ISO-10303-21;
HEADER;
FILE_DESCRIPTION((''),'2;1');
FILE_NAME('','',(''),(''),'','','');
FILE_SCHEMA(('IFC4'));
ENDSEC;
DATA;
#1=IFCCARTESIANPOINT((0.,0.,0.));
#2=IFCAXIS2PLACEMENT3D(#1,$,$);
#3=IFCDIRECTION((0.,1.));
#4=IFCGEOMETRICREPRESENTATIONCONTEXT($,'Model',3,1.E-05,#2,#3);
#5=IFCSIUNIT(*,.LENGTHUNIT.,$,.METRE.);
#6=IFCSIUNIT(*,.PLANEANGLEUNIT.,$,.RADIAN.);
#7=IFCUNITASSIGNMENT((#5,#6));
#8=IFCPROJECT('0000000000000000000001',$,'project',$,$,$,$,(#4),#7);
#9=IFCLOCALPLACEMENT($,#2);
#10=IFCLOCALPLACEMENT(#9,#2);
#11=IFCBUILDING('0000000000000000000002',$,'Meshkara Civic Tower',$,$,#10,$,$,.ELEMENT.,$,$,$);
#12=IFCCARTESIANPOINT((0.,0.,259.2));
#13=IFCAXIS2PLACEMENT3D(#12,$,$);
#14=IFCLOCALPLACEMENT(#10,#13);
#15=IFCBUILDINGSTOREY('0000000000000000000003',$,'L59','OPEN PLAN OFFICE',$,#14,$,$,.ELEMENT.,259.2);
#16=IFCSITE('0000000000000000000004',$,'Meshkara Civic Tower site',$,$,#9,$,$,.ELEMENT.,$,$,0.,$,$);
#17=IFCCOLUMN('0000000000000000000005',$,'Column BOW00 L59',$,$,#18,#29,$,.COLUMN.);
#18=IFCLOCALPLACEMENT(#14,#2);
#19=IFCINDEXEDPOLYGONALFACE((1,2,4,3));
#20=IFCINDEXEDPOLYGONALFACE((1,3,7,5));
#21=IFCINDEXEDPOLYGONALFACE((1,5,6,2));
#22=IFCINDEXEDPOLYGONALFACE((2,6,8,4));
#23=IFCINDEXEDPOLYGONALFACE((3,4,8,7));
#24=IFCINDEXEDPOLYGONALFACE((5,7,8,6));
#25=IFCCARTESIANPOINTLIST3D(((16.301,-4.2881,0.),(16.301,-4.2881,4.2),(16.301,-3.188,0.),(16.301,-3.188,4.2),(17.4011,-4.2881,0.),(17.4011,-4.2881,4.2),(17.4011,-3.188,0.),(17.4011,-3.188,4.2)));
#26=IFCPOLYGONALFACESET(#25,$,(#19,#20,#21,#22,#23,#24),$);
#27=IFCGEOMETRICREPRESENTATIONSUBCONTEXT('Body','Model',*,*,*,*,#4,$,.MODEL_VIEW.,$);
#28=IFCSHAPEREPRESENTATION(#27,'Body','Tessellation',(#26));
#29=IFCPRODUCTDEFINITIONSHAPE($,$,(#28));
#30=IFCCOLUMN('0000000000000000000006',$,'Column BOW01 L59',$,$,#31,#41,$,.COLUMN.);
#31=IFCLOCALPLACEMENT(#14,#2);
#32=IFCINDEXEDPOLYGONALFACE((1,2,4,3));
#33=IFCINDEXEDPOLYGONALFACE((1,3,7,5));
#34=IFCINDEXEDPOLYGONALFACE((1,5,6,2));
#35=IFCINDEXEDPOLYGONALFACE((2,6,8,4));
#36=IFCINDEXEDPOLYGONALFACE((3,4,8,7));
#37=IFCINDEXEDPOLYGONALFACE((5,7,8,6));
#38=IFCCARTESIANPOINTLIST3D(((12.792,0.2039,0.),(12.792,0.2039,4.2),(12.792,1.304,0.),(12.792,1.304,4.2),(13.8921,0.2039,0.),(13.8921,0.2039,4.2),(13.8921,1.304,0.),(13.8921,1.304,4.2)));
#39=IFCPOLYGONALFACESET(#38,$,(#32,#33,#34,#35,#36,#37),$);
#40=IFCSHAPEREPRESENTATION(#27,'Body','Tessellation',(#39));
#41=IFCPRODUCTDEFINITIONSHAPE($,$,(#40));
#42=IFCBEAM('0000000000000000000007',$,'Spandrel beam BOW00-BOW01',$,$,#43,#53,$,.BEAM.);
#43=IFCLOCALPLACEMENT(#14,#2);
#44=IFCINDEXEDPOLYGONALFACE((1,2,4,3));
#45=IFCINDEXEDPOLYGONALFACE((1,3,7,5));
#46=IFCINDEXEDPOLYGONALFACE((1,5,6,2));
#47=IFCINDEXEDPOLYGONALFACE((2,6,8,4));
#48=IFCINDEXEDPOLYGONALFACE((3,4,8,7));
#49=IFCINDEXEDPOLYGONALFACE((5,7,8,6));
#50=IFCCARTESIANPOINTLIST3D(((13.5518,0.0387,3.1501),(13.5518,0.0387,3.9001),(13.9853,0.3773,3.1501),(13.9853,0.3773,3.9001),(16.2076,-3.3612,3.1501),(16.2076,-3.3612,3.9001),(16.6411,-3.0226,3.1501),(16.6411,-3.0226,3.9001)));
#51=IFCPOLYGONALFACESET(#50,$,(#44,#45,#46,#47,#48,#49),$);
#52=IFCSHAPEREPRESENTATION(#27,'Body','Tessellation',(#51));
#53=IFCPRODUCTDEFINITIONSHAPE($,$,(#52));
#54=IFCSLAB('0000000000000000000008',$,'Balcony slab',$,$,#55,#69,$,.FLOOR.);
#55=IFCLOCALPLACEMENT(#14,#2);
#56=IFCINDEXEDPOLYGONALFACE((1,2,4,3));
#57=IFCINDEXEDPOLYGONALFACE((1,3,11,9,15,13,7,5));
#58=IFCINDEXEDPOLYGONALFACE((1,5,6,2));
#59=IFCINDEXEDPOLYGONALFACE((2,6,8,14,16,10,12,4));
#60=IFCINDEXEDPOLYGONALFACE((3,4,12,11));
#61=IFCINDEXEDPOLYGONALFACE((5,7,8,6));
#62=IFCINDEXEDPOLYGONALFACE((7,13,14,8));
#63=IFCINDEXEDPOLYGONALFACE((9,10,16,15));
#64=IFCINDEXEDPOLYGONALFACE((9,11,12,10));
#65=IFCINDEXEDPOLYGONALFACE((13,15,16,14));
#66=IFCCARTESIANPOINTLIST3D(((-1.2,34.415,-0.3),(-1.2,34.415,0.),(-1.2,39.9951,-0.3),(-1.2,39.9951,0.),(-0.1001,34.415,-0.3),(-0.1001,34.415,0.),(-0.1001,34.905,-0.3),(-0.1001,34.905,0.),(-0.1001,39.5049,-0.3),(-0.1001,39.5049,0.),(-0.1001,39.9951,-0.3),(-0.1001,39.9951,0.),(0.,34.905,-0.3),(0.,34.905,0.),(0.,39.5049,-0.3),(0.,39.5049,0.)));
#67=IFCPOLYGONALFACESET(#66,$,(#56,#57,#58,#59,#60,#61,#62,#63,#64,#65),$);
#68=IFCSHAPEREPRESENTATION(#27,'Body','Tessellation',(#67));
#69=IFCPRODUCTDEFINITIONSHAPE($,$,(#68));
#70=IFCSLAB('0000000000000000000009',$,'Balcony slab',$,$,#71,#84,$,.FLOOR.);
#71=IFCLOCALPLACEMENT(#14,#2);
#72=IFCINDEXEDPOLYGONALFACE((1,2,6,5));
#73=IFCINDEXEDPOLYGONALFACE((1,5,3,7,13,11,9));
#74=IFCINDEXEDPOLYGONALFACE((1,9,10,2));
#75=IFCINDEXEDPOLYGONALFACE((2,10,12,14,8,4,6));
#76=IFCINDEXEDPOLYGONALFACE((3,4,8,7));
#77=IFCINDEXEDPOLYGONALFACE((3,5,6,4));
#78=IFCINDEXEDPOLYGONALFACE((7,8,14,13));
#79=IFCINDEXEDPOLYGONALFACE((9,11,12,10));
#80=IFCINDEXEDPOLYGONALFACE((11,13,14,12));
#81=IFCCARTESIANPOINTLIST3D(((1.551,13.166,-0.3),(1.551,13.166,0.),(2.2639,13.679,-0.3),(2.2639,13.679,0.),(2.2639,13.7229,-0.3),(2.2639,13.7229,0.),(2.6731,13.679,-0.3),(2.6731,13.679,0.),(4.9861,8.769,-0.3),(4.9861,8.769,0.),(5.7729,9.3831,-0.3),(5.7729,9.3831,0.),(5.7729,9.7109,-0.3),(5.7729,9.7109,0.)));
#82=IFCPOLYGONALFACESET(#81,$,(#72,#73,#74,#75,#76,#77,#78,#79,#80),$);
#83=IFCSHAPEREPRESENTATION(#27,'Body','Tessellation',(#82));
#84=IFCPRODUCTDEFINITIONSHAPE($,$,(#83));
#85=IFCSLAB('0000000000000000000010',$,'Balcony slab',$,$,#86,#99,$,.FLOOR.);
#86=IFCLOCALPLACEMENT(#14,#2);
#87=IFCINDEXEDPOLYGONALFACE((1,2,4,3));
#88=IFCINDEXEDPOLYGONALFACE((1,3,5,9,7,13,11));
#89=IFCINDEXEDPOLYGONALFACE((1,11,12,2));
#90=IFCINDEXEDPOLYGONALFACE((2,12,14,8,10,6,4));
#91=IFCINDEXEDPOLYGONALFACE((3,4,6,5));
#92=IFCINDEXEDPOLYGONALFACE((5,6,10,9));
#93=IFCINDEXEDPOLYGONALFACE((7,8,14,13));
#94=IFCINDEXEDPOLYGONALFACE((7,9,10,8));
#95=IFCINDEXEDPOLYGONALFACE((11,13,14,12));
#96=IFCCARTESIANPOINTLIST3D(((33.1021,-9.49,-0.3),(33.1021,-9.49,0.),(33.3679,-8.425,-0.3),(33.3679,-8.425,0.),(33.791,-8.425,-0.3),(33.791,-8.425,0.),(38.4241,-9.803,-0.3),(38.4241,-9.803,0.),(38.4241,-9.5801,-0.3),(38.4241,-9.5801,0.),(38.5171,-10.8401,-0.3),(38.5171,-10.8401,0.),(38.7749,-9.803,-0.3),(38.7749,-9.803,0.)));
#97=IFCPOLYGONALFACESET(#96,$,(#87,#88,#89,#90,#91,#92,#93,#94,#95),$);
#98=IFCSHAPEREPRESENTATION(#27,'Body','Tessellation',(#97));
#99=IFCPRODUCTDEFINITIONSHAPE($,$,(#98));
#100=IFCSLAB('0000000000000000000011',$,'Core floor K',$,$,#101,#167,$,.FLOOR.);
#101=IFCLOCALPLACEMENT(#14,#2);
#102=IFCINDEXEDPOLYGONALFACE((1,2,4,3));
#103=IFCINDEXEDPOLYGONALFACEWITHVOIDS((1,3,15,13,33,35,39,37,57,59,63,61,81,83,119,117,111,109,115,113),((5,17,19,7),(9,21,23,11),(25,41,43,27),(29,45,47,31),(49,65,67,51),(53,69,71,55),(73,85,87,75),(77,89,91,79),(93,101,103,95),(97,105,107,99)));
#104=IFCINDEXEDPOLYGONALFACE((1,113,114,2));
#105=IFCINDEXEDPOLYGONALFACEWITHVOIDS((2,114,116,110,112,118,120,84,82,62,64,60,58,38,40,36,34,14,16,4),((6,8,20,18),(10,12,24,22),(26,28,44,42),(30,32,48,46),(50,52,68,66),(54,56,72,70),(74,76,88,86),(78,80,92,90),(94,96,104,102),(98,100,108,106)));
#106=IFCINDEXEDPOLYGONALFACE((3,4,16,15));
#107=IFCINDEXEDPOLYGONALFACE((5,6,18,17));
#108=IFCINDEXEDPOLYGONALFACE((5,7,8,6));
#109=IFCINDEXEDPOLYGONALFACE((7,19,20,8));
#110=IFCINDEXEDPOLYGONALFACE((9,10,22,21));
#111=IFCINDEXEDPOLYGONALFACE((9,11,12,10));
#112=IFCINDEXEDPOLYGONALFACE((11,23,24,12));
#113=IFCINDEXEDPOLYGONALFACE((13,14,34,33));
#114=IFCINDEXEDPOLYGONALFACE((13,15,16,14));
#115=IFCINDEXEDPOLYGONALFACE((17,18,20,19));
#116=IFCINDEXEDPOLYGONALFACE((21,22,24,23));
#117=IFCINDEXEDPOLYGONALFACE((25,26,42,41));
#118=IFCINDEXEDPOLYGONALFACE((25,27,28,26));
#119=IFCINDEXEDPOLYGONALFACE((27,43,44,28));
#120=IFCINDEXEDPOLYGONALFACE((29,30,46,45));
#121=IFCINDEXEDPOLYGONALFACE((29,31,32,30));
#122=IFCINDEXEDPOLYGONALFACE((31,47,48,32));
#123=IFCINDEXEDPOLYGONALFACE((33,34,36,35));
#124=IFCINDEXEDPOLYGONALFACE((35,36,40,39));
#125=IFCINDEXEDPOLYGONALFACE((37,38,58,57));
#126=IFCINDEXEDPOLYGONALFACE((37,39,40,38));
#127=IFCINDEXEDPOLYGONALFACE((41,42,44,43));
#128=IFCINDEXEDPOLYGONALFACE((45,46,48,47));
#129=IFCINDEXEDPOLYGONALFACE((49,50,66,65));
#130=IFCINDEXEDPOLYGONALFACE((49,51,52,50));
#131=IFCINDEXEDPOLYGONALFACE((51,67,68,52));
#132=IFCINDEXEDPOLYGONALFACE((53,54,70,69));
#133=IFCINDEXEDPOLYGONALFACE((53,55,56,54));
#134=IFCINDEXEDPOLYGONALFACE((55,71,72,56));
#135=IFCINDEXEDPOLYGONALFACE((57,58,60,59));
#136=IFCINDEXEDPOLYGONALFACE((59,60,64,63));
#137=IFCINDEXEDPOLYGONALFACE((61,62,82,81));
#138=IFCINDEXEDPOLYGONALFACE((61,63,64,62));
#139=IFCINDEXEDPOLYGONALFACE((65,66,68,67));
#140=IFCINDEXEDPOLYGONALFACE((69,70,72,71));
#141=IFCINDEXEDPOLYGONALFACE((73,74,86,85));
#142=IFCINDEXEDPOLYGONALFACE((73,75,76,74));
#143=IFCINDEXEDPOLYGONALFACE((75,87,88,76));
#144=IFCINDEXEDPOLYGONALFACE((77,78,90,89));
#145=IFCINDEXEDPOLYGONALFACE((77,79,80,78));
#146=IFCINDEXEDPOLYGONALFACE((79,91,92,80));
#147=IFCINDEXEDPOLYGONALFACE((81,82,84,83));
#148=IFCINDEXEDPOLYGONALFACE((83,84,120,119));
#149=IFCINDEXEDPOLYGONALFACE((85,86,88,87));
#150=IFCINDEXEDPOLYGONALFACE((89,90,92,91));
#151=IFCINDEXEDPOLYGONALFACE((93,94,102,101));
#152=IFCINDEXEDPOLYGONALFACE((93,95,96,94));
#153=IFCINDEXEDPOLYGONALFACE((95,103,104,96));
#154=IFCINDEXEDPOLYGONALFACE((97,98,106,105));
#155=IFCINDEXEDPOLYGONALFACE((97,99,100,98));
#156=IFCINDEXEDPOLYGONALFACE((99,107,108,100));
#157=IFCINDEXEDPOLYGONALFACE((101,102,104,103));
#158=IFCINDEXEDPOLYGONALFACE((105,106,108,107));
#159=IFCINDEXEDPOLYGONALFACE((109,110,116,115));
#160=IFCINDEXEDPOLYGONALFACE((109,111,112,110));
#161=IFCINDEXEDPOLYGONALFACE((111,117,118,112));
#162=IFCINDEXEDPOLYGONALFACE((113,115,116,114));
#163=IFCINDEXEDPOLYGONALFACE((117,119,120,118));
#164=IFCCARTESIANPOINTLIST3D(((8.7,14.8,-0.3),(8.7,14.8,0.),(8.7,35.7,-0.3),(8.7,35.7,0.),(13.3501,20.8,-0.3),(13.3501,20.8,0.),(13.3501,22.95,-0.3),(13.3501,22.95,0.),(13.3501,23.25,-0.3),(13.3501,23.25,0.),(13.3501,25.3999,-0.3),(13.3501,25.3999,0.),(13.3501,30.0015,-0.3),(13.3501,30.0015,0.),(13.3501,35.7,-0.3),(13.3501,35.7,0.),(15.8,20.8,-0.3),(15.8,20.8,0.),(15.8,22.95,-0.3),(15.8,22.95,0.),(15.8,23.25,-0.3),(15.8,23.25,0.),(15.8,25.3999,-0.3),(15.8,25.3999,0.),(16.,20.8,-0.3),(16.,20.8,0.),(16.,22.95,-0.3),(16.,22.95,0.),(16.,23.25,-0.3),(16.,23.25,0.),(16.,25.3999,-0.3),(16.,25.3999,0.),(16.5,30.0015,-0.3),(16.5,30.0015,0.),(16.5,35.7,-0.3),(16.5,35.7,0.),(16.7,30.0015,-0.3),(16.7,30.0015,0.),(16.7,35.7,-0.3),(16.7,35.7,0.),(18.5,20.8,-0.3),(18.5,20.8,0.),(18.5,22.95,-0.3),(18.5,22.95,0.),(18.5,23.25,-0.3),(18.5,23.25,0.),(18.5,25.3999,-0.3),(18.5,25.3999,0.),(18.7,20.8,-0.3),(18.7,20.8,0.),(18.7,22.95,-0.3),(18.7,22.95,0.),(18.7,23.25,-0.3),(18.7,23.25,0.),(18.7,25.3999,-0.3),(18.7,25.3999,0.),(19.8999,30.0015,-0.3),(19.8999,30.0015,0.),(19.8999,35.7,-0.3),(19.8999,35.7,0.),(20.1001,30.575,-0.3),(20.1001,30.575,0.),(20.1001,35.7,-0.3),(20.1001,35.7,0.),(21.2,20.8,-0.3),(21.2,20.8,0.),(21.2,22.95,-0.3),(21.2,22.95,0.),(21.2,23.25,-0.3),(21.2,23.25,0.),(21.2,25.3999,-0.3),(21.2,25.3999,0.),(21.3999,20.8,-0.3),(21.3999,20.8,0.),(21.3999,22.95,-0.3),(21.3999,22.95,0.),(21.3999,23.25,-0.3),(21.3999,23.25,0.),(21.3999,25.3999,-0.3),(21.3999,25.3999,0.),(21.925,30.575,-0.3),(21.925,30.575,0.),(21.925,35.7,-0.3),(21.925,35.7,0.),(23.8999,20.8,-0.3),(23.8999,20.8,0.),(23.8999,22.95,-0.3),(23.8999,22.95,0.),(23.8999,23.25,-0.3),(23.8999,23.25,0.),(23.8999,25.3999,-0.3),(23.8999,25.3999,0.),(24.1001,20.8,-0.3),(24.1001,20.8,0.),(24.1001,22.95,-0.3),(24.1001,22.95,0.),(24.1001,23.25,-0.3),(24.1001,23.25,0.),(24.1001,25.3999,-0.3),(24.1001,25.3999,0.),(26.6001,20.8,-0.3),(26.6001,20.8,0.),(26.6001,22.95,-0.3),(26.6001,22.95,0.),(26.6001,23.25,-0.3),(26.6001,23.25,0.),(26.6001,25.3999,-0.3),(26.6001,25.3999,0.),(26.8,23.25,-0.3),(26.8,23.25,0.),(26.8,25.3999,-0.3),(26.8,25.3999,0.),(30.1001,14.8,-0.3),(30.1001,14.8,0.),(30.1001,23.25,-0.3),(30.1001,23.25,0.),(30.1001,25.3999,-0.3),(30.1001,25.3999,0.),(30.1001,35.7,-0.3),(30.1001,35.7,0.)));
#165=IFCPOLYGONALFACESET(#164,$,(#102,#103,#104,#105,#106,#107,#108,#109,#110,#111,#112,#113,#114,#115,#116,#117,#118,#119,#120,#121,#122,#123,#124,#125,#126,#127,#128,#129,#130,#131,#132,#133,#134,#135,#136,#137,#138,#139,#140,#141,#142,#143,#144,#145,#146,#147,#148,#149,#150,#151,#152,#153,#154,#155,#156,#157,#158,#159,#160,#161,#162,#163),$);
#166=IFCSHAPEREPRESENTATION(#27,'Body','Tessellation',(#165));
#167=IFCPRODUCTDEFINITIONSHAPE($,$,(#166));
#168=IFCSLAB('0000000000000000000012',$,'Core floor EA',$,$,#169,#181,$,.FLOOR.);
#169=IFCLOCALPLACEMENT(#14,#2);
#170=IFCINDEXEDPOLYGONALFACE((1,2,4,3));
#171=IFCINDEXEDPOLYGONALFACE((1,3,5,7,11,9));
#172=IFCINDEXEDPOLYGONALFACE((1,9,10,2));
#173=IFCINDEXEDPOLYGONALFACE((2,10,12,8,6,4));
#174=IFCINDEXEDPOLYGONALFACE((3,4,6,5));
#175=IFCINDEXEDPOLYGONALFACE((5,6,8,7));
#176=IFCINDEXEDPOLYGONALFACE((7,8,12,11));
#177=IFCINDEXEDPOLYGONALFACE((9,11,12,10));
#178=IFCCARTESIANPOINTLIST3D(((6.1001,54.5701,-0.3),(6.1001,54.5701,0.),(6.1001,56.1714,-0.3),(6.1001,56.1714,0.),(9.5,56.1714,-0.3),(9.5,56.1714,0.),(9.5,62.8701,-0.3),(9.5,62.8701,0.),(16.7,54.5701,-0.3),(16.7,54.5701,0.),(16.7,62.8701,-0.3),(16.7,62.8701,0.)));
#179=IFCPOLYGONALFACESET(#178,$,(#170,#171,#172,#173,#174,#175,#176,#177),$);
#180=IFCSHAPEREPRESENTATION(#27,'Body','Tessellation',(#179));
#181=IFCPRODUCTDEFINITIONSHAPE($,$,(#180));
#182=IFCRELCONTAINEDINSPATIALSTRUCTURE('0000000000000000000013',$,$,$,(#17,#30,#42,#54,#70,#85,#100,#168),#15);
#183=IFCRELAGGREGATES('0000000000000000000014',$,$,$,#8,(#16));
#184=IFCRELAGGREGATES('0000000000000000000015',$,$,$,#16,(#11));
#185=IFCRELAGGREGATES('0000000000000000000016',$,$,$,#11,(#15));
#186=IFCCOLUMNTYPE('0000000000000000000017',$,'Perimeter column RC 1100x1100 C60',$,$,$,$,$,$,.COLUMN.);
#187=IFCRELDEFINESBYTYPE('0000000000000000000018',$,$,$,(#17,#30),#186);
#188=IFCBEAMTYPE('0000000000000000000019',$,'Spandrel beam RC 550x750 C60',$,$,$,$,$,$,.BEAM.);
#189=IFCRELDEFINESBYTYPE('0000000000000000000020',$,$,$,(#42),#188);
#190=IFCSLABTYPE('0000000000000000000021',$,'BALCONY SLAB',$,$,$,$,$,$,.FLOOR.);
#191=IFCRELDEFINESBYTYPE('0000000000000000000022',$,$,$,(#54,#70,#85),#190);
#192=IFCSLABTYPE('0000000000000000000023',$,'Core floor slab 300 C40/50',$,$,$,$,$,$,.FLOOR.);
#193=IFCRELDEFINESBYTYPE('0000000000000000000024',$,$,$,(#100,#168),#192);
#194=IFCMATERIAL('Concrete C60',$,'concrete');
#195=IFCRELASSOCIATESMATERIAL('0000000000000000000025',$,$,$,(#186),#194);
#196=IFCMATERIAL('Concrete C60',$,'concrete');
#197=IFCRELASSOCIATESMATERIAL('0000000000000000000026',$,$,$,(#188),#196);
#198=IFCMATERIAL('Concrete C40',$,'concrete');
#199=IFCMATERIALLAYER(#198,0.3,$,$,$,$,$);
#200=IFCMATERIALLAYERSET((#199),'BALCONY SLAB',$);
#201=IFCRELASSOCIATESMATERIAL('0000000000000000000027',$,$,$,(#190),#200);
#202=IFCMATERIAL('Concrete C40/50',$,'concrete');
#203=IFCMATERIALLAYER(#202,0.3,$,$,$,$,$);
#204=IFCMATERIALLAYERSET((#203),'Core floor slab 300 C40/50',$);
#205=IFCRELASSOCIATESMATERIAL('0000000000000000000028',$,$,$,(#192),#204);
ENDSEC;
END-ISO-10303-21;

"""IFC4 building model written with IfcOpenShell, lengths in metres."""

from ifc_helpers import new_model, si_unit, direction, frame, origin, origin_2d, place, context, subcontext, project, spatial, polyline, rectangle, outline, extrude, material, layer, layer_set, material_profile, profile_set, type_object, element, save


model = new_model("IFC4")

# Units and contexts
model_context = context("Model", 3, precision=1e-05, world=origin(), true_north=direction((0.0, 1.0)))
body_context = subcontext(model_context, "Body", "Model", "MODEL_VIEW")
ifc_project = project(units=[si_unit("LENGTHUNIT", "METRE"), si_unit("PLANEANGLEUNIT", "RADIAN")], contexts=[model_context])

# Site, building, storey
site_placement = place(None, origin())
site = spatial("IfcSite", under=ifc_project, at=site_placement, Name="Meshkara Civic Tower site", CompositionType="ELEMENT", RefElevation=0.0)
building_placement = place(site_placement, origin())
building = spatial("IfcBuilding", under=site, at=building_placement, Name="Meshkara Civic Tower", CompositionType="ELEMENT")
storey_placement = place(building_placement, frame((0.0, 0.0, 259.2)))
storey = spatial("IfcBuildingStorey", under=building, at=storey_placement, Name="L59", Description="OPEN PLAN OFFICE", CompositionType="ELEMENT", Elevation=259.2)

# Columns
ifc_material_1 = material(Name="Concrete C60", Category="concrete")
ifc_material_profile_1 = material_profile(ifc_material_1, rectangle(XDim=1.1001, YDim=1.1001, at=origin_2d()))
ifc_profile_set_1 = profile_set([ifc_material_profile_1], Name="Concrete C60")
column_type = type_object("IfcColumnType", Name="Perimeter column RC 1100x1100 C60", PredefinedType="COLUMN", material=ifc_profile_set_1)
for number, where, z_axis, x_axis, name in (
    (1, (16.8511, -3.738, 0.0), (0.0, 0.0, 1.0), (1.0, 0.0, 0.0), "Column BOW00 L59"),
    (2, (13.342, 0.7539, 0.0), (0.0, 0.0, 1.0), (1.0, 0.0, 0.0), "Column BOW01 L59"),
):
    element("IfcColumn", number, at=place(storey_placement, frame(where, z_axis=z_axis, x_axis=x_axis)), inside=storey, type_object=column_type, Name=name, PredefinedType="COLUMN", context=body_context, shape_type="SweptSolid", body=[
        extrude(rectangle(XDim=1.1001, YDim=1.1001, at=origin_2d()), origin(), (0.0, 0.0, 1.0), 4.2),
    ])

# Beam
ifc_material_2 = material(Name="Concrete C60", Category="concrete")
ifc_material_profile_2 = material_profile(ifc_material_2, rectangle(XDim=0.55, YDim=0.75, at=origin_2d()))
ifc_profile_set_2 = profile_set([ifc_material_profile_2], Name="Concrete C60")
beam_type = type_object("IfcBeamType", Name="Spandrel beam RC 550x750 C60", PredefinedType="BEAM", material=ifc_profile_set_2)
beam_placement = place(storey_placement, frame((13.7686, 0.208, 3.5251), z_axis=(0.615585, -0.788071, 0.0), x_axis=(0.788071, 0.615585, 0.0)))
element("IfcBeam", 3, at=beam_placement, inside=storey, type_object=beam_type, Name="Spandrel beam BOW00-BOW01", PredefinedType="BEAM", context=body_context, shape_type="SweptSolid", body=[
    extrude(rectangle(XDim=0.55, YDim=0.75, at=origin_2d()), origin(), (0.0, 0.0, 1.0), 4.3142),
])

# Slabs
ifc_material_3 = material(Name="Concrete C40", Category="concrete")
ifc_layer_1 = layer(ifc_material_3, 0.3)
ifc_layer_set_1 = layer_set([ifc_layer_1], Name="BALCONY SLAB")
slab_type_1 = type_object("IfcSlabType", Name="BALCONY SLAB", PredefinedType="FLOOR", material=ifc_layer_set_1)
slab_1_placement = place(storey_placement, frame((0.0, 0.0, -0.3)))
element("IfcSlab", 4, at=slab_1_placement, inside=storey, type_object=slab_type_1, Name="Balcony slab", PredefinedType="FLOOR", context=body_context, shape_type="SweptSolid", body=[
    extrude(outline(polyline([(-1.2, 34.415), (-1.2, 39.9951), (-0.1001, 39.9951), (-0.1001, 39.5049), (0.0, 39.5049), (0.0, 34.905), (-0.1001, 34.905), (-0.1001, 34.415), (-1.2, 34.415)])), origin(), (0.0, 0.0, 1.0), 0.3),
])
slab_2_placement = place(storey_placement, frame((0.0, 0.0, -0.3)))
element("IfcSlab", 5, at=slab_2_placement, inside=storey, type_object=slab_type_1, Name="Balcony slab", PredefinedType="FLOOR", context=body_context, shape_type="SweptSolid", body=[
    extrude(outline(polyline([(4.9861, 8.769), (1.551, 13.166), (2.2639, 13.7229), (2.2639, 13.679), (2.6731, 13.679), (5.7729, 9.7109), (5.7729, 9.3831), (4.9861, 8.769)])), origin(), (0.0, 0.0, 1.0), 0.3),
])
slab_3_placement = place(storey_placement, frame((0.0, 0.0, -0.3)))
element("IfcSlab", 6, at=slab_3_placement, inside=storey, type_object=slab_type_1, Name="Balcony slab", PredefinedType="FLOOR", context=body_context, shape_type="SweptSolid", body=[
    extrude(outline(polyline([(38.5171, -10.8401), (33.1021, -9.49), (33.3679, -8.425), (33.791, -8.425), (38.4241, -9.5801), (38.4241, -9.803), (38.7749, -9.803), (38.5171, -10.8401)])), origin(), (0.0, 0.0, 1.0), 0.3),
])
ifc_material_4 = material(Name="Concrete C40/50", Category="concrete")
ifc_layer_2 = layer(ifc_material_4, 0.3)
ifc_layer_set_2 = layer_set([ifc_layer_2], Name="Core floor slab 300 C40/50")
slab_type_2 = type_object("IfcSlabType", Name="Core floor slab 300 C40/50", PredefinedType="FLOOR", material=ifc_layer_set_2)
slab_4_placement = place(storey_placement, frame((0.0, 0.0, -0.3)))
element("IfcSlab", 7, at=slab_4_placement, inside=storey, type_object=slab_type_2, Name="Core floor K", PredefinedType="FLOOR", context=body_context, shape_type="SweptSolid", body=[
    extrude(outline(polyline([(8.7, 35.7), (13.3501, 35.7), (13.3501, 30.0015), (16.5, 30.0015), (16.5, 35.7), (16.7, 35.7), (16.7, 30.0015), (19.8999, 30.0015), (19.8999, 35.7), (20.1001, 35.7), (20.1001, 30.575), (21.925, 30.575), (21.925, 35.7), (30.1001, 35.7), (30.1001, 25.3999), (26.8, 25.3999), (26.8, 23.25), (30.1001, 23.25), (30.1001, 14.8), (8.7, 14.8), (8.7, 35.7)]), holes=[polyline([(15.8, 22.95), (13.3501, 22.95), (13.3501, 20.8), (15.8, 20.8), (15.8, 22.95)]), polyline([(16.0, 22.95), (16.0, 20.8), (18.5, 20.8), (18.5, 22.95), (16.0, 22.95)]), polyline([(18.7, 22.95), (18.7, 20.8), (21.2, 20.8), (21.2, 22.95), (18.7, 22.95)]), polyline([(15.8, 23.25), (15.8, 25.3999), (13.3501, 25.3999), (13.3501, 23.25), (15.8, 23.25)]), polyline([(16.0, 25.3999), (16.0, 23.25), (18.5, 23.25), (18.5, 25.3999), (16.0, 25.3999)]), polyline([(23.8999, 20.8), (23.8999, 22.95), (21.3999, 22.95), (21.3999, 20.8), (23.8999, 20.8)]), polyline([(24.1001, 20.8), (26.6001, 20.8), (26.6001, 22.95), (24.1001, 22.95), (24.1001, 20.8)]), polyline([(18.7, 25.3999), (18.7, 23.25), (21.2, 23.25), (21.2, 25.3999), (18.7, 25.3999)]), polyline([(21.3999, 23.25), (23.8999, 23.25), (23.8999, 25.3999), (21.3999, 25.3999), (21.3999, 23.25)]), polyline([(24.1001, 23.25), (26.6001, 23.25), (26.6001, 25.3999), (24.1001, 25.3999), (24.1001, 23.25)])]), origin(), (0.0, 0.0, 1.0), 0.3),
])
slab_5_placement = place(storey_placement, frame((0.0, 0.0, -0.3)))
element("IfcSlab", 8, at=slab_5_placement, inside=storey, type_object=slab_type_2, Name="Core floor EA", PredefinedType="FLOOR", context=body_context, shape_type="SweptSolid", body=[
    extrude(outline(polyline([(16.7, 54.5701), (16.7, 62.8701), (9.5, 62.8701), (9.5, 56.1714), (6.1001, 56.1714), (6.1001, 54.5701), (16.7, 54.5701)])), origin(), (0.0, 0.0, 1.0), 0.3),
])

save(model, "model.ifc")
